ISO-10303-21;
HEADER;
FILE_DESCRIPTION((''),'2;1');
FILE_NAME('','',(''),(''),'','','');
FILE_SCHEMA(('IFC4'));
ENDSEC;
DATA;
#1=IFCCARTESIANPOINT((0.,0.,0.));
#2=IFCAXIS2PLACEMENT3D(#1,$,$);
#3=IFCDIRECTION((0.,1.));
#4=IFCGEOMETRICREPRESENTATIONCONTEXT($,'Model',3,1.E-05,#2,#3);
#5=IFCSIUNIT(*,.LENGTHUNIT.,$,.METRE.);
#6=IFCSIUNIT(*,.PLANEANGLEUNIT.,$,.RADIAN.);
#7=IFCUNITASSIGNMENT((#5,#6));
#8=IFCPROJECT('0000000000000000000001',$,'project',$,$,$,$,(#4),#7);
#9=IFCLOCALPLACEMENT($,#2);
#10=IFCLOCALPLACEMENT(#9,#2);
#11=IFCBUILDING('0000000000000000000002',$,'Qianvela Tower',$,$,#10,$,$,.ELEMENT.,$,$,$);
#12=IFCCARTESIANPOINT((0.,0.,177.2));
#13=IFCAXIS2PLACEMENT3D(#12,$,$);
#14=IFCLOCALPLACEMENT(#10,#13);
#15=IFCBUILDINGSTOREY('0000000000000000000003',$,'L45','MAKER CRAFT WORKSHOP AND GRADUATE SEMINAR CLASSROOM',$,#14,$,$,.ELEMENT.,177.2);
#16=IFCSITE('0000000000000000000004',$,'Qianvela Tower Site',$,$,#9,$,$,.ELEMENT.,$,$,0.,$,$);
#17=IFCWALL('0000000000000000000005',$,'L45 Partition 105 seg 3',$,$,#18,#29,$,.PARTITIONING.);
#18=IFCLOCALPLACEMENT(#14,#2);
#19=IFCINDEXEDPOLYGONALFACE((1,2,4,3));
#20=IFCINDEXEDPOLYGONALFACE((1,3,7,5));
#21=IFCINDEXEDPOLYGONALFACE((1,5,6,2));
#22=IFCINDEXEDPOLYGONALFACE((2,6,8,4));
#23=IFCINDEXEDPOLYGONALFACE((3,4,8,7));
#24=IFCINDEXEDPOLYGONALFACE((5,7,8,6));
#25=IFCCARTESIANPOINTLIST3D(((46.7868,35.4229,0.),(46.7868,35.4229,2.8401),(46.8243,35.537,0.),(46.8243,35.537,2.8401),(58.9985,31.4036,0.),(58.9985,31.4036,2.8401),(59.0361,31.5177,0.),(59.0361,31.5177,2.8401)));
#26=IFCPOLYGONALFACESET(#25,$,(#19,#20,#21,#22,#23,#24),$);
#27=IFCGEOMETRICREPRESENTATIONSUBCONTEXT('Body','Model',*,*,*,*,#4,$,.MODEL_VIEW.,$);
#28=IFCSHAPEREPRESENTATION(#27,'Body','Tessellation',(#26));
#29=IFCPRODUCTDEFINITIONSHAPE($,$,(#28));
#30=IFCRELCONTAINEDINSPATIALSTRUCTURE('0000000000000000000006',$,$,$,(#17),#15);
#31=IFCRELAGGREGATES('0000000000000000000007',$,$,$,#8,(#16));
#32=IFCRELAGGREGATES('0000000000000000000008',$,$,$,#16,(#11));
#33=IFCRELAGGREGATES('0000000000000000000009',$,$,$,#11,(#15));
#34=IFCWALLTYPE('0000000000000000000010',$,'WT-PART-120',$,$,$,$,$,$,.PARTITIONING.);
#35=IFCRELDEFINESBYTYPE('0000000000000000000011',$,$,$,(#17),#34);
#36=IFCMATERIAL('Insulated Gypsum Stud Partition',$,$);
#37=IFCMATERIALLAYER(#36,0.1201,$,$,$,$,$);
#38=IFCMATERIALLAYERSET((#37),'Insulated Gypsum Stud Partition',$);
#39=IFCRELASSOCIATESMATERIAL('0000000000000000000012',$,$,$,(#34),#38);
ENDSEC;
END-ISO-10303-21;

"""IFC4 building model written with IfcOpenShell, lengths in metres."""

from ifc_helpers import new_model, si_unit, direction, frame, frame_2d, origin, place, context, subcontext, project, spatial, rectangle, extrude, material, layer, layer_set, type_object, element, save


model = new_model("IFC4")

# Units and contexts
model_context = context("Model", 3, precision=1e-05, world=origin(), true_north=direction((0.0, 1.0)))
body_context = subcontext(model_context, "Body", "Model", "MODEL_VIEW")
ifc_project = project(units=[si_unit("LENGTHUNIT", "METRE"), si_unit("PLANEANGLEUNIT", "RADIAN")], contexts=[model_context])

# Site, building, storey
site_placement = place(None, origin())
site = spatial("IfcSite", under=ifc_project, at=site_placement, Name="Qianvela Tower Site", CompositionType="ELEMENT", RefElevation=0.0)
building_placement = place(site_placement, origin())
building = spatial("IfcBuilding", under=site, at=building_placement, Name="Qianvela Tower", CompositionType="ELEMENT")
storey_placement = place(building_placement, frame((0.0, 0.0, 177.2)))
storey = spatial("IfcBuildingStorey", under=building, at=storey_placement, Name="L45", Description="MAKER CRAFT WORKSHOP AND GRADUATE SEMINAR CLASSROOM", CompositionType="ELEMENT", Elevation=177.2)

# Wall
ifc_material_1 = material(Name="Insulated Gypsum Stud Partition")
ifc_layer_1 = layer(ifc_material_1, 0.1201)
ifc_layer_set_1 = layer_set([ifc_layer_1], Name="Insulated Gypsum Stud Partition")
wall_type = type_object("IfcWallType", Name="WT-PART-120", PredefinedType="PARTITIONING", material=ifc_layer_set_1)
wall_placement = place(storey_placement, frame((46.8054, 35.48, 0.0), z_axis=(0.0, 0.0, 1.0), x_axis=(0.949873, -0.312636, 0.0)))
element("IfcWall", 1, at=wall_placement, inside=storey, type_object=wall_type, Name="L45 Partition 105 seg 3", PredefinedType="PARTITIONING", context=body_context, shape_type="SweptSolid", body=[
    extrude(rectangle(XDim=12.8562, YDim=0.1201, at=frame_2d((6.4282, 0.0))), origin(), (0.0, 0.0, 1.0), 2.8401),
])

save(model, "model.ifc")
